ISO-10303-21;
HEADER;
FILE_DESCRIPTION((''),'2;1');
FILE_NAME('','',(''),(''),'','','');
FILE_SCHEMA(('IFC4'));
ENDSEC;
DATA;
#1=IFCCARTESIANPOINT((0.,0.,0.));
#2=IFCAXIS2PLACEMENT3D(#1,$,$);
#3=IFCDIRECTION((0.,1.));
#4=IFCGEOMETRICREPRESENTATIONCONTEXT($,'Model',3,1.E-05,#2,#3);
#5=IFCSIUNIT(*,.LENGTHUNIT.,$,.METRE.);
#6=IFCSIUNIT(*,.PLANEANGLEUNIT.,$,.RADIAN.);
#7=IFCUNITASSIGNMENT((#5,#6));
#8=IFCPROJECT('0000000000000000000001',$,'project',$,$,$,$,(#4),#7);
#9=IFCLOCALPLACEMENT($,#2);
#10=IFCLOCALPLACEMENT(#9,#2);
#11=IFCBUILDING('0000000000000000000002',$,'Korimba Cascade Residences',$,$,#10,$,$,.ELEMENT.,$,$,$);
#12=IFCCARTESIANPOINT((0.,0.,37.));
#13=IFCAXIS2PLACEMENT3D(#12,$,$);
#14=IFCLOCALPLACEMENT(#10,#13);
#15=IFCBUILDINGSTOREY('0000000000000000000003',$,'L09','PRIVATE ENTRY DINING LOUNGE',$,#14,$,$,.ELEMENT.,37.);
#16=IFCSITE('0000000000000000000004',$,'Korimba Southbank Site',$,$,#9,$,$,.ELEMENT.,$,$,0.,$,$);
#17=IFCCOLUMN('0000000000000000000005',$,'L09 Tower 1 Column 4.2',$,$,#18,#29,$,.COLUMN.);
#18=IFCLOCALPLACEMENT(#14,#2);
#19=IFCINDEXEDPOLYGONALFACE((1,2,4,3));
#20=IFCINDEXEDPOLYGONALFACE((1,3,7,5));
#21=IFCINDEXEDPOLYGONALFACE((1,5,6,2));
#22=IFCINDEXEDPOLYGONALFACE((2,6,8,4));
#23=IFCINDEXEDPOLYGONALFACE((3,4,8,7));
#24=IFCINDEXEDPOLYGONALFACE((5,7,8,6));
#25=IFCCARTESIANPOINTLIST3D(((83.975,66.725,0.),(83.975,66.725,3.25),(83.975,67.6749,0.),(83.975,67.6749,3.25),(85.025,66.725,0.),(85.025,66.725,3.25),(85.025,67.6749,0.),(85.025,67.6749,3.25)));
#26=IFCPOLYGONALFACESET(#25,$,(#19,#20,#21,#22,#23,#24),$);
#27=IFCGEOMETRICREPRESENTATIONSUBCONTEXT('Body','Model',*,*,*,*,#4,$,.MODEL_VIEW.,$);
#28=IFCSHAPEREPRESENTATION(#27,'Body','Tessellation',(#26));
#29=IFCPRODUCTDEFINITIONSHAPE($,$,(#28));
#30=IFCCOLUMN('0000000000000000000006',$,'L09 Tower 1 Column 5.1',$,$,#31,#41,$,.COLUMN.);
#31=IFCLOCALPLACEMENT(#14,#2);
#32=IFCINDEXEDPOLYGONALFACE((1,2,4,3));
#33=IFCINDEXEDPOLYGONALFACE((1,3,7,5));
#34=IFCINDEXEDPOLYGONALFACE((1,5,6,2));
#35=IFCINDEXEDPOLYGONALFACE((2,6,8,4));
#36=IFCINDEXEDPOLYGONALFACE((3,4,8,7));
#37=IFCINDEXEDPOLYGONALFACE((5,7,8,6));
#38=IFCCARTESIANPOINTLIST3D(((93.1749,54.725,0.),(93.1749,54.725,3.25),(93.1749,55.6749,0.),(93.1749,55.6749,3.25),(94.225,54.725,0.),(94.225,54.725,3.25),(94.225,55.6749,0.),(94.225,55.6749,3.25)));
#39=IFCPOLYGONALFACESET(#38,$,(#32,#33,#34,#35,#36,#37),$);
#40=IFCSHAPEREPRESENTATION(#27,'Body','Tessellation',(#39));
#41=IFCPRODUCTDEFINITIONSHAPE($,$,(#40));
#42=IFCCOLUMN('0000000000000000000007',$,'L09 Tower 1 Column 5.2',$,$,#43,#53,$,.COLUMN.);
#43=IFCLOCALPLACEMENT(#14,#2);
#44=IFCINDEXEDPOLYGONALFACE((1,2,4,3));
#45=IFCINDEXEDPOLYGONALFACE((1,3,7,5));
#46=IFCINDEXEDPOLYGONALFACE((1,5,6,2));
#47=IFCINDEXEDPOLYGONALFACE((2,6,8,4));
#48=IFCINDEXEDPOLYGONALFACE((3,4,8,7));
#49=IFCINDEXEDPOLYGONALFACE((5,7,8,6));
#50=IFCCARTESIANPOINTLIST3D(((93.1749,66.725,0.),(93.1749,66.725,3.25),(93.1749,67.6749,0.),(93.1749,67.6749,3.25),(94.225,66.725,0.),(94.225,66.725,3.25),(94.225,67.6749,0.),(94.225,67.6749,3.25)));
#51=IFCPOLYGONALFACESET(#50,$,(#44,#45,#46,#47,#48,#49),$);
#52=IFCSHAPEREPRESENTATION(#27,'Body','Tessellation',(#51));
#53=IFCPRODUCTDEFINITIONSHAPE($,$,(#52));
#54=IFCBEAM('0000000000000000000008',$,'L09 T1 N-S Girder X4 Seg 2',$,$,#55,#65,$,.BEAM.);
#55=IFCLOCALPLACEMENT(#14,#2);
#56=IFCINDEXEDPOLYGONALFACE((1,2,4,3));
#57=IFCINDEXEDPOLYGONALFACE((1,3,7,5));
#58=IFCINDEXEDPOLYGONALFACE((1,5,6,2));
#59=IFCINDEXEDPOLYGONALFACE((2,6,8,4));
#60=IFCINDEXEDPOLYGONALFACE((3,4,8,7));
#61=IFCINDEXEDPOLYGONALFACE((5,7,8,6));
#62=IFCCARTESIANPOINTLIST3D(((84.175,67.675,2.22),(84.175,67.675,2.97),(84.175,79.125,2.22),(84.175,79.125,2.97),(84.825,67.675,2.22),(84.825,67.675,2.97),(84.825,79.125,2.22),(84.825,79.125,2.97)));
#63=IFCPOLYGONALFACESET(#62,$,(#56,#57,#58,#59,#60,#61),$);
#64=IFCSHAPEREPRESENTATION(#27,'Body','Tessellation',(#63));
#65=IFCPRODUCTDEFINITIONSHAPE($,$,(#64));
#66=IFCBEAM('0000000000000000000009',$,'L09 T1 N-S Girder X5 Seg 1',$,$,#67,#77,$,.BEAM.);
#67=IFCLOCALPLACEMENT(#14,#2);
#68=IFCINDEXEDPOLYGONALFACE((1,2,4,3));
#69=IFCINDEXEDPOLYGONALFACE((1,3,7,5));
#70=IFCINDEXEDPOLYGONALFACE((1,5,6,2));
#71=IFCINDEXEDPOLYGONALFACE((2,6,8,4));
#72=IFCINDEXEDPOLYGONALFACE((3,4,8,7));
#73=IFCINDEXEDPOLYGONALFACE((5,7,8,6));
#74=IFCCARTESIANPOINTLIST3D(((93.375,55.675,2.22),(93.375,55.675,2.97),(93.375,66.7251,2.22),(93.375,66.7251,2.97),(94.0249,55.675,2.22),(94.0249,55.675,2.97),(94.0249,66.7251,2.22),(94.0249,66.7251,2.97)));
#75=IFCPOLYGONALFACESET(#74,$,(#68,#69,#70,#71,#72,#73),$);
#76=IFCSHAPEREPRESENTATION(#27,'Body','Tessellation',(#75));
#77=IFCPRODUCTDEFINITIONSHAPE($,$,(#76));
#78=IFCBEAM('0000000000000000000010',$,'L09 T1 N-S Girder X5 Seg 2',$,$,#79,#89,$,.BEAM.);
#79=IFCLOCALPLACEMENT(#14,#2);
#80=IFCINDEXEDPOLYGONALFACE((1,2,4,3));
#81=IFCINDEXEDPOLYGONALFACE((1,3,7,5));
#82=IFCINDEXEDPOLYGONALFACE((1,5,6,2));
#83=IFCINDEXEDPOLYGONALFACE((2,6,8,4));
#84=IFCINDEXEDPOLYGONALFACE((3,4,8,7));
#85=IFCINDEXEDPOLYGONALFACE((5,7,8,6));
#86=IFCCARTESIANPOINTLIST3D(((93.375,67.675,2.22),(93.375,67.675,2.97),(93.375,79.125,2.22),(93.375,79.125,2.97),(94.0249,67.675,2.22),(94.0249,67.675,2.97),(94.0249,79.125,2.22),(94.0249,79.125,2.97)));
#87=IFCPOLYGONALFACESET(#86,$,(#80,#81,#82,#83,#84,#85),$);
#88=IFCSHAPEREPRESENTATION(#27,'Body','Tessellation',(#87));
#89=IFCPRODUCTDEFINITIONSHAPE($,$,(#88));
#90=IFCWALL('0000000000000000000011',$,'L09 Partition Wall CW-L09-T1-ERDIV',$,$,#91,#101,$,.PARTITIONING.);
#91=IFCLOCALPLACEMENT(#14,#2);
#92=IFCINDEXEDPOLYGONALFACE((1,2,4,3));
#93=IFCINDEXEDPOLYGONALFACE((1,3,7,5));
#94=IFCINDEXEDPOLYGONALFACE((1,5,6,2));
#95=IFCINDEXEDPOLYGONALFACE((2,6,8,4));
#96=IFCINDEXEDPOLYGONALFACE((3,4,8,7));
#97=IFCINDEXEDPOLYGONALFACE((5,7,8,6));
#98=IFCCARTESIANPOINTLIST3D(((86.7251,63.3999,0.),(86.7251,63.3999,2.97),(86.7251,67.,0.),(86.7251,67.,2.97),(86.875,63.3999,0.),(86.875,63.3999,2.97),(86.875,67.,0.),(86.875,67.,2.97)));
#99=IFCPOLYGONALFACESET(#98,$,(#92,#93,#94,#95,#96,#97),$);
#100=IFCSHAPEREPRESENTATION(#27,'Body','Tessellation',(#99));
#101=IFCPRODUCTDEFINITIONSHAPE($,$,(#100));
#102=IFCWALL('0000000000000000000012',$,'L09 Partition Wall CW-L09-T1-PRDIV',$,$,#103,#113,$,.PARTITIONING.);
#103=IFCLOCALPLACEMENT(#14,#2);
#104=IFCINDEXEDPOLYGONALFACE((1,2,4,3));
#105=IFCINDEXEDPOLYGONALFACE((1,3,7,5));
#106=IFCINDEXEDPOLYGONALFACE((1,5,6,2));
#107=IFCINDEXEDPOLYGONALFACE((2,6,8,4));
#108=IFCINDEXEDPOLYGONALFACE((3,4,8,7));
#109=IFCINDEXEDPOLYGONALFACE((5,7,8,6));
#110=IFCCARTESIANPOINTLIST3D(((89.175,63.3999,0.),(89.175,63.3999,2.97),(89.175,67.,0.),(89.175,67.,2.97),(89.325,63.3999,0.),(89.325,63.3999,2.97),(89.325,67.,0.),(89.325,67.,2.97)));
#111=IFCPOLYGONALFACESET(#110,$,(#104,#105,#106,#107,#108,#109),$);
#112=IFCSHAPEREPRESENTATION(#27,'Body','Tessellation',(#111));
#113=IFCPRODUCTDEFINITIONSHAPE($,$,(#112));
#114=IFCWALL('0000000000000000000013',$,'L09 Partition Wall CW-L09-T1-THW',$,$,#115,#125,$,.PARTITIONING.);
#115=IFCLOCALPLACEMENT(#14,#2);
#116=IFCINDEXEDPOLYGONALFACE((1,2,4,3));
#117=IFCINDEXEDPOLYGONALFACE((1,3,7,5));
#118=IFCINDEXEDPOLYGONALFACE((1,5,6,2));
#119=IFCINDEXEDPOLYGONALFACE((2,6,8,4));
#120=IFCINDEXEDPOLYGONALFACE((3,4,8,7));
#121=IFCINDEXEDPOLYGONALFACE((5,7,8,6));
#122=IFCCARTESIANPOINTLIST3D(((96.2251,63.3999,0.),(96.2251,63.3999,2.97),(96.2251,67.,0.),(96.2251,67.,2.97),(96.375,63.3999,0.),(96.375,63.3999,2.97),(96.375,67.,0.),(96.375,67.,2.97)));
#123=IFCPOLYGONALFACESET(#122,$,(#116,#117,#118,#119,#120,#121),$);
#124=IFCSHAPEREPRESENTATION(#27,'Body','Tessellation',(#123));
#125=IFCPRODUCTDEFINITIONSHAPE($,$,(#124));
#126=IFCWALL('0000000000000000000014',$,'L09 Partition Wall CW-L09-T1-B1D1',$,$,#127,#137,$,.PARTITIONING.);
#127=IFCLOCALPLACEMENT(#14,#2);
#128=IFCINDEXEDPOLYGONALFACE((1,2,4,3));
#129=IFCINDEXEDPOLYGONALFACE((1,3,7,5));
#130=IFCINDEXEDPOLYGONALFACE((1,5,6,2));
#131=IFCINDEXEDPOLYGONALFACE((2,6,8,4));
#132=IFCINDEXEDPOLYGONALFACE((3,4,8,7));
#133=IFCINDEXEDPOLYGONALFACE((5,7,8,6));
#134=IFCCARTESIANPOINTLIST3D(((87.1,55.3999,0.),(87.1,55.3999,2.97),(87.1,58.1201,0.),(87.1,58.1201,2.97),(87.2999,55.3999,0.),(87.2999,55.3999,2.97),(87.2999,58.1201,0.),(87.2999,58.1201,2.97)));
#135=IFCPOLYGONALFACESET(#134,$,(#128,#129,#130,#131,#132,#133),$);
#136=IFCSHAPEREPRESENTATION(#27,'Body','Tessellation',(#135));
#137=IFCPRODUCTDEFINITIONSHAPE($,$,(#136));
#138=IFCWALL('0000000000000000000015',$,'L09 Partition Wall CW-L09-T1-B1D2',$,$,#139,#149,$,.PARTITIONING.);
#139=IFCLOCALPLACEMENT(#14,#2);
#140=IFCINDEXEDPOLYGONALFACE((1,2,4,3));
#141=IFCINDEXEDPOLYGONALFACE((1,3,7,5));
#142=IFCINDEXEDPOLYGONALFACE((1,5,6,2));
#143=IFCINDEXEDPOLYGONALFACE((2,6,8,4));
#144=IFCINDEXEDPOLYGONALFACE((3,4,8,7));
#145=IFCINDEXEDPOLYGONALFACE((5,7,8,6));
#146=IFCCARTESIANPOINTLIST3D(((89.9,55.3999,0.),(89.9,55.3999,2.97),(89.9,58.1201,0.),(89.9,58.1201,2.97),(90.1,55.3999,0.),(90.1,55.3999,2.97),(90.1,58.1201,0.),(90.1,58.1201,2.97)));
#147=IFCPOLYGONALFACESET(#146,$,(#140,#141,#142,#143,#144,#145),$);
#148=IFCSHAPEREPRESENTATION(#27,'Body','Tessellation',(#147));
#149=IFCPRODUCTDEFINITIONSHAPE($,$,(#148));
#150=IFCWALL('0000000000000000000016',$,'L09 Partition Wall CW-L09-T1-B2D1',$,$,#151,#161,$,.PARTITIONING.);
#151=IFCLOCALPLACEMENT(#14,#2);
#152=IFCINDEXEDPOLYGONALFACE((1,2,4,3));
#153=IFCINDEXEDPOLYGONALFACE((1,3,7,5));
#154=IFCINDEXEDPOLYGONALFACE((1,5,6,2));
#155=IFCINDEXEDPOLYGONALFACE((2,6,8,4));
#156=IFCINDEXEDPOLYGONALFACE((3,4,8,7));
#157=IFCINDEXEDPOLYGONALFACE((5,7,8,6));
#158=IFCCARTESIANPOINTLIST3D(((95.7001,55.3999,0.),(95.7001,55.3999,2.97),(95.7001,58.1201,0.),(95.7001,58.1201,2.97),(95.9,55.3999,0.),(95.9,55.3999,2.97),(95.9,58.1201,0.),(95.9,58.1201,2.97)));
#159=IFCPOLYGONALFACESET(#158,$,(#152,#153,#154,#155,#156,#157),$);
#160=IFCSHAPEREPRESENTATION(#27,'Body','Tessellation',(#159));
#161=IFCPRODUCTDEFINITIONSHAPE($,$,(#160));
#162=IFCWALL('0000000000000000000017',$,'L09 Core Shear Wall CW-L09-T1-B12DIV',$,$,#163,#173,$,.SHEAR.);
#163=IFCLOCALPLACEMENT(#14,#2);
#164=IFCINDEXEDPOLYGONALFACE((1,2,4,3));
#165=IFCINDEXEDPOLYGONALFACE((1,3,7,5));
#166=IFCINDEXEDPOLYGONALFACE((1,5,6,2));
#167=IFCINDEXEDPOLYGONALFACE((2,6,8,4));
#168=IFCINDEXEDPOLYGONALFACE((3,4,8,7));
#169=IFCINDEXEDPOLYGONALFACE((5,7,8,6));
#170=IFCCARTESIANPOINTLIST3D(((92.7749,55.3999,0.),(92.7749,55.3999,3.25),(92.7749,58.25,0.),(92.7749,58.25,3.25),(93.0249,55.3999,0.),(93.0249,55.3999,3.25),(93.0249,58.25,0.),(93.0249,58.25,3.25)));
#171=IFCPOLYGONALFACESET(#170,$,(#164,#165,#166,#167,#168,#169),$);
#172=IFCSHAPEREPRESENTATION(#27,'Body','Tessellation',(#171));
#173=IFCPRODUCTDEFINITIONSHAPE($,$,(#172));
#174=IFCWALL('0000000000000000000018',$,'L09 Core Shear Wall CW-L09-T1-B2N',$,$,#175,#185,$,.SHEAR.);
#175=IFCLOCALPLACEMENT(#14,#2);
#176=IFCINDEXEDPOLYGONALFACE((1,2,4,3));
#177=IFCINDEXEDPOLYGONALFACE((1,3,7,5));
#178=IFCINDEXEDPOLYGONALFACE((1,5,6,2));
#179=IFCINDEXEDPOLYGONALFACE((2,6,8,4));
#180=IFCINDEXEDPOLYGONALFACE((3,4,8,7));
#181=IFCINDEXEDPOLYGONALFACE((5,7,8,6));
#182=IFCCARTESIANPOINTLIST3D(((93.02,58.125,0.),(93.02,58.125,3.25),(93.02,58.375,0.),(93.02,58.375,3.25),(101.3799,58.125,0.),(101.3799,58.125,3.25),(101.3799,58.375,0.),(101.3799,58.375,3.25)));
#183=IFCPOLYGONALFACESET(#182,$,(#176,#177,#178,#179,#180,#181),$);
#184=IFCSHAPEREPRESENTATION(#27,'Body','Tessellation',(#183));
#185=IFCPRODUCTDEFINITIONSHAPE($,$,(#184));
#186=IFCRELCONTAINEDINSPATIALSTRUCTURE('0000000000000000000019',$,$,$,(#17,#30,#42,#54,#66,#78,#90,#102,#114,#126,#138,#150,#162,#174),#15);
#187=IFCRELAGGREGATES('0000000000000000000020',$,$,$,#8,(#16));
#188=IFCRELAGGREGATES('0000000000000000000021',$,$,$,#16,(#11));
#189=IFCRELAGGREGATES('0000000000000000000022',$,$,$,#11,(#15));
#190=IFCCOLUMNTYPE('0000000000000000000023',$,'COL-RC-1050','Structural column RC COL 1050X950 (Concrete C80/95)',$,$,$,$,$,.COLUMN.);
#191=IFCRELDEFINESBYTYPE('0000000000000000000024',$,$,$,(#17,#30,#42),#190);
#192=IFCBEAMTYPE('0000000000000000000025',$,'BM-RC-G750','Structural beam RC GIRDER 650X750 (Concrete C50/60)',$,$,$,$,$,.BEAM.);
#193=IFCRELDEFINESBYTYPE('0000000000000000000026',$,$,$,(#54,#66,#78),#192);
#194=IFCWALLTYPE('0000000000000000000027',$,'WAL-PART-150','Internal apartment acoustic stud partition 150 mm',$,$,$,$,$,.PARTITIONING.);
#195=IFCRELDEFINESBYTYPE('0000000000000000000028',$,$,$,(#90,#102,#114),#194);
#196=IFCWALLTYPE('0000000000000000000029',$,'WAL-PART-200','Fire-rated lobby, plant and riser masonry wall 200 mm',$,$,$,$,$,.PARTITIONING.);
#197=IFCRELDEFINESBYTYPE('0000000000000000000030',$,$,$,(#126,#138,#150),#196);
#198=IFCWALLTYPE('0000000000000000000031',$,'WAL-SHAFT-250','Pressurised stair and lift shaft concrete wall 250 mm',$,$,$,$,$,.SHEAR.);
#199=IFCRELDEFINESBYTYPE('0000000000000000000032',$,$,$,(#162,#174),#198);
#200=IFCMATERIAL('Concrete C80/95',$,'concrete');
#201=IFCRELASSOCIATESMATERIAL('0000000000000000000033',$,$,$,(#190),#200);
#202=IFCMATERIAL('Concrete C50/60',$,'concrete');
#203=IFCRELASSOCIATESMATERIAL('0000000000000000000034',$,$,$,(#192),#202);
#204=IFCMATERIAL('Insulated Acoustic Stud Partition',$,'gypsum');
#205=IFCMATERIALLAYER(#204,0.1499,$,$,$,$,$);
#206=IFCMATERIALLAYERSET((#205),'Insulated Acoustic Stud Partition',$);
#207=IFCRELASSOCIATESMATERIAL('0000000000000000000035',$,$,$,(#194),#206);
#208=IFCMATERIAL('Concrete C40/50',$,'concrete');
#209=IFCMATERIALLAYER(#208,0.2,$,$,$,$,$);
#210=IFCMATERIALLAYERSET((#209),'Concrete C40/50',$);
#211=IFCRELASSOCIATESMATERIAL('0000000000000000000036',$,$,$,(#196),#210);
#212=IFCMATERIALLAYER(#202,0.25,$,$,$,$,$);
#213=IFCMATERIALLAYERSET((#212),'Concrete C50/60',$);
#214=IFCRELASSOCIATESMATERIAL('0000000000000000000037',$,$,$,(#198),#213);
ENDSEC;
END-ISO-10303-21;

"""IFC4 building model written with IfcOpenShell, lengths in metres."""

from ifc_helpers import new_model, si_unit, direction, frame, frame_2d, origin, origin_2d, place, context, subcontext, project, spatial, rectangle, extrude, material, layer, layer_set, material_profile, profile_set, type_object, element, save


model = new_model("IFC4")

# Units and contexts
model_context = context("Model", 3, precision=1e-05, world=origin(), true_north=direction((0.0, 1.0)))
body_context = subcontext(model_context, "Body", "Model", "MODEL_VIEW")
ifc_project = project(units=[si_unit("LENGTHUNIT", "METRE"), si_unit("PLANEANGLEUNIT", "RADIAN")], contexts=[model_context])

# Site, building, storey
site_placement = place(None, origin())
site = spatial("IfcSite", under=ifc_project, at=site_placement, Name="Korimba Southbank Site", CompositionType="ELEMENT", RefElevation=0.0)
building_placement = place(site_placement, origin())
building = spatial("IfcBuilding", under=site, at=building_placement, Name="Korimba Cascade Residences", CompositionType="ELEMENT")
storey_placement = place(building_placement, frame((0.0, 0.0, 37.0)))
storey = spatial("IfcBuildingStorey", under=building, at=storey_placement, Name="L09", Description="PRIVATE ENTRY DINING LOUNGE", CompositionType="ELEMENT", Elevation=37.0)

# Columns
ifc_material_1 = material(Name="Concrete C80/95", Category="concrete")
ifc_material_profile_1 = material_profile(ifc_material_1, rectangle(XDim=1.05, YDim=0.95, at=origin_2d()), Name="Concrete C80/95")
ifc_profile_set_1 = profile_set([ifc_material_profile_1], Name="Concrete C80/95")
column_type = type_object("IfcColumnType", Name="COL-RC-1050", Description="Structural column RC COL 1050X950 (Concrete C80/95)", PredefinedType="COLUMN", material=ifc_profile_set_1)
for number, where, z_axis, x_axis, name in (
    (1, (84.5, 67.2, 0.0), (0.0, 0.0, 1.0), (1.0, 0.0, 0.0), "L09 Tower 1 Column 4.2"),
    (2, (93.7, 55.2, 0.0), (0.0, 0.0, 1.0), (1.0, 0.0, 0.0), "L09 Tower 1 Column 5.1"),
    (3, (93.7, 67.2, 0.0), (0.0, 0.0, 1.0), (1.0, 0.0, 0.0), "L09 Tower 1 Column 5.2"),
):
    element("IfcColumn", number, at=place(storey_placement, frame(where, z_axis=z_axis, x_axis=x_axis)), inside=storey, type_object=column_type, Name=name, PredefinedType="COLUMN", context=body_context, shape_type="SweptSolid", body=[
        extrude(rectangle(XDim=1.05, YDim=0.95, at=origin_2d()), origin(), (0.0, 0.0, 1.0), 3.25),
    ])

# Beams
ifc_material_2 = material(Name="Concrete C50/60", Category="concrete")
ifc_material_profile_2 = material_profile(ifc_material_2, rectangle(XDim=0.6499, YDim=0.75, at=origin_2d()), Name="Concrete C50/60")
ifc_profile_set_2 = profile_set([ifc_material_profile_2], Name="Concrete C50/60")
beam_type = type_object("IfcBeamType", Name="BM-RC-G750", Description="Structural beam RC GIRDER 650X750 (Concrete C50/60)", PredefinedType="BEAM", material=ifc_profile_set_2)
beam_1_placement = place(storey_placement, frame((84.5, 67.675, 2.595), z_axis=(0.0, 1.0, 0.0), x_axis=(-1.0, 0.0, 0.0)))
element("IfcBeam", 4, at=beam_1_placement, inside=storey, type_object=beam_type, Name="L09 T1 N-S Girder X4 Seg 2", PredefinedType="BEAM", context=body_context, shape_type="SweptSolid", body=[
    extrude(rectangle(XDim=0.6499, YDim=0.75, at=origin_2d()), origin(), (0.0, 0.0, 1.0), 11.45),
])
beam_2_placement = place(storey_placement, frame((93.7, 55.675, 2.595), z_axis=(0.0, 1.0, 0.0), x_axis=(-1.0, 0.0, 0.0)))
element("IfcBeam", 5, at=beam_2_placement, inside=storey, type_object=beam_type, Name="L09 T1 N-S Girder X5 Seg 1", PredefinedType="BEAM", context=body_context, shape_type="SweptSolid", body=[
    extrude(rectangle(XDim=0.6499, YDim=0.75, at=origin_2d()), origin(), (0.0, 0.0, 1.0), 11.05),
])
beam_3_placement = place(storey_placement, frame((93.7, 67.675, 2.595), z_axis=(0.0, 1.0, 0.0), x_axis=(-1.0, 0.0, 0.0)))
element("IfcBeam", 6, at=beam_3_placement, inside=storey, type_object=beam_type, Name="L09 T1 N-S Girder X5 Seg 2", PredefinedType="BEAM", context=body_context, shape_type="SweptSolid", body=[
    extrude(rectangle(XDim=0.6499, YDim=0.75, at=origin_2d()), origin(), (0.0, 0.0, 1.0), 11.45),
])

# Walls
ifc_material_3 = material(Name="Insulated Acoustic Stud Partition", Category="gypsum")
ifc_layer_1 = layer(ifc_material_3, 0.1499)
ifc_layer_set_1 = layer_set([ifc_layer_1], Name="Insulated Acoustic Stud Partition")
wall_type_1 = type_object("IfcWallType", Name="WAL-PART-150", Description="Internal apartment acoustic stud partition 150 mm", PredefinedType="PARTITIONING", material=ifc_layer_set_1)
for number, where, z_axis, x_axis, name in (
    (7, (86.8, 63.3999, 0.0), (0.0, 0.0, 1.0), (0.0, 1.0, 0.0), "L09 Partition Wall CW-L09-T1-ERDIV"),
    (8, (89.25, 63.3999, 0.0), (0.0, 0.0, 1.0), (0.0, 1.0, 0.0), "L09 Partition Wall CW-L09-T1-PRDIV"),
    (9, (96.3, 63.3999, 0.0), (0.0, 0.0, 1.0), (0.0, 1.0, 0.0), "L09 Partition Wall CW-L09-T1-THW"),
):
    element("IfcWall", number, at=place(storey_placement, frame(where, z_axis=z_axis, x_axis=x_axis)), inside=storey, type_object=wall_type_1, Name=name, PredefinedType="PARTITIONING", context=body_context, shape_type="SweptSolid", body=[
        extrude(rectangle(XDim=3.6001, YDim=0.1499, at=frame_2d((1.8, 0.0))), origin(), (0.0, 0.0, 1.0), 2.97),
    ])
ifc_material_4 = material(Name="Concrete C40/50", Category="concrete")
ifc_layer_2 = layer(ifc_material_4, 0.2)
ifc_layer_set_2 = layer_set([ifc_layer_2], Name="Concrete C40/50")
wall_type_2 = type_object("IfcWallType", Name="WAL-PART-200", Description="Fire-rated lobby, plant and riser masonry wall 200 mm", PredefinedType="PARTITIONING", material=ifc_layer_set_2)
for number, where, z_axis, x_axis, name in (
    (10, (87.2, 55.3999, 0.0), (0.0, 0.0, 1.0), (0.0, 1.0, 0.0), "L09 Partition Wall CW-L09-T1-B1D1"),
    (11, (90.0, 55.3999, 0.0), (0.0, 0.0, 1.0), (0.0, 1.0, 0.0), "L09 Partition Wall CW-L09-T1-B1D2"),
    (12, (95.8, 55.3999, 0.0), (0.0, 0.0, 1.0), (0.0, 1.0, 0.0), "L09 Partition Wall CW-L09-T1-B2D1"),
):
    element("IfcWall", number, at=place(storey_placement, frame(where, z_axis=z_axis, x_axis=x_axis)), inside=storey, type_object=wall_type_2, Name=name, PredefinedType="PARTITIONING", context=body_context, shape_type="SweptSolid", body=[
        extrude(rectangle(XDim=2.7202, YDim=0.2, at=frame_2d((1.3601, 0.0))), origin(), (0.0, 0.0, 1.0), 2.97),
    ])
ifc_layer_3 = layer(ifc_material_2, 0.25)
ifc_layer_set_3 = layer_set([ifc_layer_3], Name="Concrete C50/60")
wall_type_3 = type_object("IfcWallType", Name="WAL-SHAFT-250", Description="Pressurised stair and lift shaft concrete wall 250 mm", PredefinedType="SHEAR", material=ifc_layer_set_3)
wall_1_placement = place(storey_placement, frame((92.8999, 55.3999, 0.0), z_axis=(0.0, 0.0, 1.0), x_axis=(0.0, 1.0, 0.0)))
element("IfcWall", 13, at=wall_1_placement, inside=storey, type_object=wall_type_3, Name="L09 Core Shear Wall CW-L09-T1-B12DIV", PredefinedType="SHEAR", context=body_context, shape_type="SweptSolid", body=[
    extrude(rectangle(XDim=2.8501, YDim=0.25, at=frame_2d((1.425, 0.0))), origin(), (0.0, 0.0, 1.0), 3.25),
])
wall_2_placement = place(storey_placement, frame((93.02, 58.25, 0.0), z_axis=(0.0, 0.0, 1.0), x_axis=(1.0, 0.0, 0.0)))
element("IfcWall", 14, at=wall_2_placement, inside=storey, type_object=wall_type_3, Name="L09 Core Shear Wall CW-L09-T1-B2N", PredefinedType="SHEAR", context=body_context, shape_type="SweptSolid", body=[
    extrude(rectangle(XDim=8.3599, YDim=0.25, at=frame_2d((4.1799, 0.0))), origin(), (0.0, 0.0, 1.0), 3.25),
])

save(model, "model.ifc")
